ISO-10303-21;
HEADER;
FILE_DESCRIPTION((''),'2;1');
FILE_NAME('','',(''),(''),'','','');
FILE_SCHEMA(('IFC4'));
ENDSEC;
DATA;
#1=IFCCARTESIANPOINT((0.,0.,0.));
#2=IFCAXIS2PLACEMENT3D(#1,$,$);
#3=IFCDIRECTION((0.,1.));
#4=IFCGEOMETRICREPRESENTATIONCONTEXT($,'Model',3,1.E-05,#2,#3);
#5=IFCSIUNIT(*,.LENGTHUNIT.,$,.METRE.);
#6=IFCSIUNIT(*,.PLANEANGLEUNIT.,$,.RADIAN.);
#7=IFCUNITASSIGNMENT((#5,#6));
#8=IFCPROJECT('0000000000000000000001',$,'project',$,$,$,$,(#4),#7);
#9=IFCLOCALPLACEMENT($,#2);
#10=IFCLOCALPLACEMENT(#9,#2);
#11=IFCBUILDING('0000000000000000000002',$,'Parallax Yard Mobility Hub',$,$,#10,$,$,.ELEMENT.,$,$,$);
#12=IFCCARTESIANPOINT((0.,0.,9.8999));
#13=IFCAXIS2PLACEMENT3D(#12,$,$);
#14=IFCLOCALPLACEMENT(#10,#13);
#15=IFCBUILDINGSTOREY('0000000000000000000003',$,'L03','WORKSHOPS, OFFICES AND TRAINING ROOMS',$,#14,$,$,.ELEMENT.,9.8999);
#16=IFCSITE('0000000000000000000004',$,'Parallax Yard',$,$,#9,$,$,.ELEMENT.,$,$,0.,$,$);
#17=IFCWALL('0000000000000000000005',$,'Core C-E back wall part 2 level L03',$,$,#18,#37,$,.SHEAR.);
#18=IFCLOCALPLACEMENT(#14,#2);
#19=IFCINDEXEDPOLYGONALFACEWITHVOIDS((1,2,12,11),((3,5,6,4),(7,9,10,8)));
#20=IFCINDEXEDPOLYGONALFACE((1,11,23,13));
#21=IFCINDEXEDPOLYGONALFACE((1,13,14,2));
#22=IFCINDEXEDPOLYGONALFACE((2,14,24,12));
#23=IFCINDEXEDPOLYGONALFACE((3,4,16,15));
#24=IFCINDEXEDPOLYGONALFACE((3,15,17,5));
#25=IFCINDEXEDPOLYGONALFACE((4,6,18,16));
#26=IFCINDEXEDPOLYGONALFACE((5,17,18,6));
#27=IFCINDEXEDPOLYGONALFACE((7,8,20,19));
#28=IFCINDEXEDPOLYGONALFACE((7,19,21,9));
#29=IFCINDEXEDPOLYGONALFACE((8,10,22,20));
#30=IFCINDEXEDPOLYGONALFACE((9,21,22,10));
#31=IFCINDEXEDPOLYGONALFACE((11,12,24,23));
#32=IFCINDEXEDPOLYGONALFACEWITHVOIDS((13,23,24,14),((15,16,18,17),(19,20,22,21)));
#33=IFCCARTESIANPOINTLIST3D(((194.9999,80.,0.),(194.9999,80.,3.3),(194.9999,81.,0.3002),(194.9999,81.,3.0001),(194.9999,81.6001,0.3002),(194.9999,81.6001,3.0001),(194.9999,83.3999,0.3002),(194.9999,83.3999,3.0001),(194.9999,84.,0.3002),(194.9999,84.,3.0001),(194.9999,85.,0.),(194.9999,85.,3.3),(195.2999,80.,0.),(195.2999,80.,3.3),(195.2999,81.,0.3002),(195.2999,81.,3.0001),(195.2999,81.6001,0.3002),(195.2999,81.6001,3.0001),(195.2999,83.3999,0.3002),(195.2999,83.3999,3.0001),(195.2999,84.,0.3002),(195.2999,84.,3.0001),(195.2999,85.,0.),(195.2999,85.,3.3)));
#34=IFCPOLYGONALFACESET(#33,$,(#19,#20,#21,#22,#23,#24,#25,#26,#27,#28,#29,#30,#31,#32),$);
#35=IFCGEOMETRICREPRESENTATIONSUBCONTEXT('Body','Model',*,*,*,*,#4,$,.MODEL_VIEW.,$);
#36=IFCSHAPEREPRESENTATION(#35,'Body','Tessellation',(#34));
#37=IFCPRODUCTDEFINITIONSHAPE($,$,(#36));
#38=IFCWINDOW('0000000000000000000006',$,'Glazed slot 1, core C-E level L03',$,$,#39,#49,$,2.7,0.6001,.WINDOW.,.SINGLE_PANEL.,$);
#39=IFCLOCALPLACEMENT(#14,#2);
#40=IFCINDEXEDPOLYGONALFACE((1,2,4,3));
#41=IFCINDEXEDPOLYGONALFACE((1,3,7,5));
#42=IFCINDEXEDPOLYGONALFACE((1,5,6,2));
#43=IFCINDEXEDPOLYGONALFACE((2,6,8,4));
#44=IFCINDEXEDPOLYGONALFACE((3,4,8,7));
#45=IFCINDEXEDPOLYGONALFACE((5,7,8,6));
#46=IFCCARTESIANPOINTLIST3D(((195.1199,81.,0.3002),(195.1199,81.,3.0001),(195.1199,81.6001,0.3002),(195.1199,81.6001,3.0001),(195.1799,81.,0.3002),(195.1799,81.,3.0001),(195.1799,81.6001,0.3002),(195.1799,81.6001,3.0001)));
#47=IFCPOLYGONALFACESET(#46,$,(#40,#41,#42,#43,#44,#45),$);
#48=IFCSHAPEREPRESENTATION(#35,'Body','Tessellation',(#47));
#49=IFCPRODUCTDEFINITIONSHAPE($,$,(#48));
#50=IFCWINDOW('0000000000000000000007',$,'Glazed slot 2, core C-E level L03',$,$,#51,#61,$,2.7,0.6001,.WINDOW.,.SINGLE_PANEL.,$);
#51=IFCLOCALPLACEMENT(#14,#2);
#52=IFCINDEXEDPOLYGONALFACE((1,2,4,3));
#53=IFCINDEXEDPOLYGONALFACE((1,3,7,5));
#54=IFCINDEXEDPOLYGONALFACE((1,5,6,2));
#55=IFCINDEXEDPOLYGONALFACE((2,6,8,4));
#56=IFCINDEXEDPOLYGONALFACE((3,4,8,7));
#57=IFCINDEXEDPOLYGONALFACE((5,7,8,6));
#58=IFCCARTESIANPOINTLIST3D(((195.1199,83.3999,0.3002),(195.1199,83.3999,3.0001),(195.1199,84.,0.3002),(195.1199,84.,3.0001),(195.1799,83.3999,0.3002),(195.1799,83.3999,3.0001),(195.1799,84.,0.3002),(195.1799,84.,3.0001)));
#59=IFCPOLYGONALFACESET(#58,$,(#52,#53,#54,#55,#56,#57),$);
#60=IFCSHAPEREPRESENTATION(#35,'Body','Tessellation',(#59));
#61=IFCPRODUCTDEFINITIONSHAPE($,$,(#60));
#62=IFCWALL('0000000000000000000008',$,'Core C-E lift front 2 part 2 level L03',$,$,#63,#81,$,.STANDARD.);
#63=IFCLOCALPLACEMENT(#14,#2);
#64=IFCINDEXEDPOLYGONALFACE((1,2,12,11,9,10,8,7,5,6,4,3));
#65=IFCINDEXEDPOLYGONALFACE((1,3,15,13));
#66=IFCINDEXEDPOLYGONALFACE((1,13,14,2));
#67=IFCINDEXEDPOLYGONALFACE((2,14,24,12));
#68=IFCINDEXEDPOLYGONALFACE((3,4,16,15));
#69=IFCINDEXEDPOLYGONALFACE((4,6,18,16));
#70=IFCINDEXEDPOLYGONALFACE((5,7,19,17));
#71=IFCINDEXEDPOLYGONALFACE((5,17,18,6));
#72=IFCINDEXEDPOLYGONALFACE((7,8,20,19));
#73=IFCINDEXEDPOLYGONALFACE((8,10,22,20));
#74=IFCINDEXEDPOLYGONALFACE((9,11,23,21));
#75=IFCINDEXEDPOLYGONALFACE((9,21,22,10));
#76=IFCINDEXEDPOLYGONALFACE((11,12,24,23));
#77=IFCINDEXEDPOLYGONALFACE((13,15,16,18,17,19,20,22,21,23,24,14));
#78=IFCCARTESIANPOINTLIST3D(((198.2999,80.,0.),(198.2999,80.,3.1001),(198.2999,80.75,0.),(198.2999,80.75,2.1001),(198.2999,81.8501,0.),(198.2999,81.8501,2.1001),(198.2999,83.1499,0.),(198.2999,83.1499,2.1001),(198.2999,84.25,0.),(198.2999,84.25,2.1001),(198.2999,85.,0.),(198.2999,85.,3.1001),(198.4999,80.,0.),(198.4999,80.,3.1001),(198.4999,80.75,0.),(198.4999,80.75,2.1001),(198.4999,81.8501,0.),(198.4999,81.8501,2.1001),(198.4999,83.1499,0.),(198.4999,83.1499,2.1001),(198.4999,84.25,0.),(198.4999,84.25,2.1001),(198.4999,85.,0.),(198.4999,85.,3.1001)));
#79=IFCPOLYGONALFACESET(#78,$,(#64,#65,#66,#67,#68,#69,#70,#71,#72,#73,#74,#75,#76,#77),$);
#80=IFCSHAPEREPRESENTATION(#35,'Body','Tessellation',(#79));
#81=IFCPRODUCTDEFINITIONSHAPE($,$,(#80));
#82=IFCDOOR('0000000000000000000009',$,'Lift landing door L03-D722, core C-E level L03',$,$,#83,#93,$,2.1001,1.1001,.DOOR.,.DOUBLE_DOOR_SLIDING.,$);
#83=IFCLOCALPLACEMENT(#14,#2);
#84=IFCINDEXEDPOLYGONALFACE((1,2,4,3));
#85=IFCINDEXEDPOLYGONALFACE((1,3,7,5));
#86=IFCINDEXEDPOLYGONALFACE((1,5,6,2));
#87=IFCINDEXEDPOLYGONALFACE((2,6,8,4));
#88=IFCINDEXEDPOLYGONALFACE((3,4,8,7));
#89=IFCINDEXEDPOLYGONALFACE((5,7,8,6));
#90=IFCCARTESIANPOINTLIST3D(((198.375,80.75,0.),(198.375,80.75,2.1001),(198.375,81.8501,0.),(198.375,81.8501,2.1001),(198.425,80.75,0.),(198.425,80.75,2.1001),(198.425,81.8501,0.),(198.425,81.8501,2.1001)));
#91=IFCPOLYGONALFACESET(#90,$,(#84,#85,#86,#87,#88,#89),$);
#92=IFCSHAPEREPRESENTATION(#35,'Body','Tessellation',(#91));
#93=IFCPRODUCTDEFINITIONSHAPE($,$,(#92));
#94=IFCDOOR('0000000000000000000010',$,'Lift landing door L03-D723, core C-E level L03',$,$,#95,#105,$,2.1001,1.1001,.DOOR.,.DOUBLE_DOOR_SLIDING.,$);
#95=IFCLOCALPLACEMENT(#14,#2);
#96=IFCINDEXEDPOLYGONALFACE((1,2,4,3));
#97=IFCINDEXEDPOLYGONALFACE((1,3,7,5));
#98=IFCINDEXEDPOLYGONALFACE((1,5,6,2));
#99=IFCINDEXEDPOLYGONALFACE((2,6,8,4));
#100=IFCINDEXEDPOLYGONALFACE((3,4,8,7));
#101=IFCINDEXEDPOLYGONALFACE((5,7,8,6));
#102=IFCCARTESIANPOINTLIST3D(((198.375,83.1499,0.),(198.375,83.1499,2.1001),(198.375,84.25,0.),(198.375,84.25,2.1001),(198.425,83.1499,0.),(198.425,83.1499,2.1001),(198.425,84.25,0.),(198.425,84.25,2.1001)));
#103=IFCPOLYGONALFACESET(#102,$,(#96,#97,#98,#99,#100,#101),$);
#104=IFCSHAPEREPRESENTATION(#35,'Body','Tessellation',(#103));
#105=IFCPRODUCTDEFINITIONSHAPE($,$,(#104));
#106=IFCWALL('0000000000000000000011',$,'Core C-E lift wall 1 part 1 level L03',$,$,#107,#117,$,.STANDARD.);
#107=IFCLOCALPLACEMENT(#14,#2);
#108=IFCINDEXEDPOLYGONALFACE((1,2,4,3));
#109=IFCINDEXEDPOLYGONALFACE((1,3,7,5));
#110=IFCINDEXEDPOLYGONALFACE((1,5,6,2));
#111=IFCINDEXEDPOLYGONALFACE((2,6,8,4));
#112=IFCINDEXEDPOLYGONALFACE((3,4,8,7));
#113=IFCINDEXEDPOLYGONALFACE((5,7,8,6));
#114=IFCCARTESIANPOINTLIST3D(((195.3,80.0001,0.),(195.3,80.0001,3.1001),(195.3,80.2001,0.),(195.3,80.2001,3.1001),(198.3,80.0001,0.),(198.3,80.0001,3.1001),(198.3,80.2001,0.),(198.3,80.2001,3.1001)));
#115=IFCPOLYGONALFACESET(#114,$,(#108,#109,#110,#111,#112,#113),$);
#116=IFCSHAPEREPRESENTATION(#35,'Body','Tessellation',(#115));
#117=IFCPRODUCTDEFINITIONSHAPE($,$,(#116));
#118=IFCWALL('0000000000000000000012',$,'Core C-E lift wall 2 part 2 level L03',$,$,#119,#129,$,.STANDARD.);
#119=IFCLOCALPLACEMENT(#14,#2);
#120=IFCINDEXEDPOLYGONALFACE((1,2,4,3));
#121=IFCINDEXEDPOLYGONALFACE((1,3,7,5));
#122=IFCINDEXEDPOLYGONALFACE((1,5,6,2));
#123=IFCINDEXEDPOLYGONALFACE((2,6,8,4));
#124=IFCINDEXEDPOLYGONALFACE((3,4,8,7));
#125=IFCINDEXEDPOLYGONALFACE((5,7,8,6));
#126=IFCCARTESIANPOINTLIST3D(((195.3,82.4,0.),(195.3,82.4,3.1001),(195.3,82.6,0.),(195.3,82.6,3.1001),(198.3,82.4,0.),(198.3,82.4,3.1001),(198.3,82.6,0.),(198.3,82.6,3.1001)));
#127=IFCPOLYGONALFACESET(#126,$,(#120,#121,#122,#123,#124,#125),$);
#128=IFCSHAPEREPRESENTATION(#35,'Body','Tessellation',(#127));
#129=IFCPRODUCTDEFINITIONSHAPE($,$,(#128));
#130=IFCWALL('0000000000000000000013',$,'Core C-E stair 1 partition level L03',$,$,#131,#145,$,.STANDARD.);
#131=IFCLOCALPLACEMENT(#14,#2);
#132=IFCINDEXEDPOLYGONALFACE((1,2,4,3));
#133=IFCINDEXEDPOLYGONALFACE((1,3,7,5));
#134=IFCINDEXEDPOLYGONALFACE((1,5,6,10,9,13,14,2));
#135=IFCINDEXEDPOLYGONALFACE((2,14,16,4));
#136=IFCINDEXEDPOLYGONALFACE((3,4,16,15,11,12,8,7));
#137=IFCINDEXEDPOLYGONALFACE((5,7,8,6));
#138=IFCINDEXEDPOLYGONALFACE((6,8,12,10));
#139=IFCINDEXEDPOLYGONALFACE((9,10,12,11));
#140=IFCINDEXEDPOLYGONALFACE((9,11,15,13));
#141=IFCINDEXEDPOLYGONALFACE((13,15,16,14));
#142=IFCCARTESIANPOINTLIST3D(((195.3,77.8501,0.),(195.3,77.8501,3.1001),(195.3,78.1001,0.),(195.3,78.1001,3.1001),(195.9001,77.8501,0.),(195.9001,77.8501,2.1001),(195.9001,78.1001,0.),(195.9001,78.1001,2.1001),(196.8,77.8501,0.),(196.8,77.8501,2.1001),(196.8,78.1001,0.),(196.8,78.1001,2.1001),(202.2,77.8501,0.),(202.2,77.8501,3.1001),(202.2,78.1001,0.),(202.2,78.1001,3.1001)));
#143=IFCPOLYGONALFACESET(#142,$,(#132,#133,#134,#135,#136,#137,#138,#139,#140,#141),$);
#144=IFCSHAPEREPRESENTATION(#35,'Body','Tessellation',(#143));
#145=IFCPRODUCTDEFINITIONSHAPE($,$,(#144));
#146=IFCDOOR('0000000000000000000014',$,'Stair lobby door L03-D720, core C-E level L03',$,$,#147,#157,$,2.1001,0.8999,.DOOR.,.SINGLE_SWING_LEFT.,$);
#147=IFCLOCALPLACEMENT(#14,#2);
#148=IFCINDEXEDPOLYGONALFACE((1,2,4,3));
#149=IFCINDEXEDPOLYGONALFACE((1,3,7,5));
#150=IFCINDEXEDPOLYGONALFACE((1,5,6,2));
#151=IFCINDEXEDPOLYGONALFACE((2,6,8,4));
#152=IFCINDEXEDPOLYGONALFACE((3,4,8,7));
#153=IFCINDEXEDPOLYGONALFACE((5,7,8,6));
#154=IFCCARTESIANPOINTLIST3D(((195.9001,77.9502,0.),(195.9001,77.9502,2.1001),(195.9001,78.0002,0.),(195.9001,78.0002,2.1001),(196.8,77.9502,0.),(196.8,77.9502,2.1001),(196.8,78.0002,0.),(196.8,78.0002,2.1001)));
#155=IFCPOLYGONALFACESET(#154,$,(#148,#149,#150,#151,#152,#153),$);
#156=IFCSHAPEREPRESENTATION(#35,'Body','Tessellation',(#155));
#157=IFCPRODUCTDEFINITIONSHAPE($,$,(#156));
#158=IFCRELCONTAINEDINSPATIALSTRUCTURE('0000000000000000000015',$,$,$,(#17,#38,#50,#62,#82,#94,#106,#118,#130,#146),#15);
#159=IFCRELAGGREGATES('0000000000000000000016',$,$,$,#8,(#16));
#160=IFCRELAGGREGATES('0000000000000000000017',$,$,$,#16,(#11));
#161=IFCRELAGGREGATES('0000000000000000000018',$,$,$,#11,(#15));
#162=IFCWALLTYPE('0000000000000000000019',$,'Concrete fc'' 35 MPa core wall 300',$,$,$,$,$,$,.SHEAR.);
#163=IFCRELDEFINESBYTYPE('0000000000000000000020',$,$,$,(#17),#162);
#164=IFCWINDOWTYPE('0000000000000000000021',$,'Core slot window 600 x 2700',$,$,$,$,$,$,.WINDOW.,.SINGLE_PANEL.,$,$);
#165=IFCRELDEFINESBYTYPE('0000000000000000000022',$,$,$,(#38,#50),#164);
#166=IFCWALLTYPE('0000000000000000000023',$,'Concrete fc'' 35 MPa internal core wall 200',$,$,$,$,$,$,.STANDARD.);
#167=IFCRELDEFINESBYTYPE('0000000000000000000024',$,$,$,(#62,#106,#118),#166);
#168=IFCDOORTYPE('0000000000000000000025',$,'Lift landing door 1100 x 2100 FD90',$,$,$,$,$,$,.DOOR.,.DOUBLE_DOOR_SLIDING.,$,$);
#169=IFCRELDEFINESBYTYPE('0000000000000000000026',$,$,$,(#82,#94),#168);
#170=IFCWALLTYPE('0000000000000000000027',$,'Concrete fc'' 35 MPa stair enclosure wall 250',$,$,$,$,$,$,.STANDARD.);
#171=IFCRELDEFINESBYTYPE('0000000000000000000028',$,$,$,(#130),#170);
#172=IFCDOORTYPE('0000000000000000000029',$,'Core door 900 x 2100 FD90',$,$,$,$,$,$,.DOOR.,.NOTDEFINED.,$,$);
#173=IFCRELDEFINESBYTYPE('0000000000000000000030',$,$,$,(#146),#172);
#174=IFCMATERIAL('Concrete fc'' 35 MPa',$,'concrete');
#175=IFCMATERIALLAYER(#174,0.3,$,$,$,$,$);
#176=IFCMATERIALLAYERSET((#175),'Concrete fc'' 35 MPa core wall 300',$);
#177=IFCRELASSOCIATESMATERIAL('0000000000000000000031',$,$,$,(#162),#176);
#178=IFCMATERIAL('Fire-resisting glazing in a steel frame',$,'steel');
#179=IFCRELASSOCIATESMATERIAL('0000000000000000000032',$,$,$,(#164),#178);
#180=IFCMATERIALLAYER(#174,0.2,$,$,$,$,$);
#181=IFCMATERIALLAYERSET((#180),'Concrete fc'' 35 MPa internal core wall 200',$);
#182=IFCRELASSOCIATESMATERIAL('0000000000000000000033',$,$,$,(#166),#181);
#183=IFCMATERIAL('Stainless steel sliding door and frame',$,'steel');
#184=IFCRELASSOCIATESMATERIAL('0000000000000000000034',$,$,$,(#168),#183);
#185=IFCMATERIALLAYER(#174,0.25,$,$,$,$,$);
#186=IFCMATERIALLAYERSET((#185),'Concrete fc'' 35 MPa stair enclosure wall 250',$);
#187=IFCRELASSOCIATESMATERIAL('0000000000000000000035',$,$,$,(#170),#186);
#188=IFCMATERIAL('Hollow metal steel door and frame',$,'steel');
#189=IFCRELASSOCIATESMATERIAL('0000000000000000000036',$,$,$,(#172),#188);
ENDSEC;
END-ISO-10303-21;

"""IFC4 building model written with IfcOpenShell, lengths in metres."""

from ifc_helpers import new_model, si_unit, direction, frame, frame_2d, origin, place, context, subcontext, project, spatial, rectangle, extrude, material, layer, layer_set, type_object, element, fill, save


model = new_model("IFC4")

# Units and contexts
model_context = context("Model", 3, precision=1e-05, world=origin(), true_north=direction((0.0, 1.0)))
body_context = subcontext(model_context, "Body", "Model", "MODEL_VIEW")
ifc_project = project(units=[si_unit("LENGTHUNIT", "METRE"), si_unit("PLANEANGLEUNIT", "RADIAN")], contexts=[model_context])

# Site, building, storey
site_placement = place(None, origin())
site = spatial("IfcSite", under=ifc_project, at=site_placement, Name="Parallax Yard", CompositionType="ELEMENT", RefElevation=0.0)
building_placement = place(site_placement, origin())
building = spatial("IfcBuilding", under=site, at=building_placement, Name="Parallax Yard Mobility Hub", CompositionType="ELEMENT")
storey_placement = place(building_placement, frame((0.0, 0.0, 9.8999)))
storey = spatial("IfcBuildingStorey", under=building, at=storey_placement, Name="L03", Description="WORKSHOPS, OFFICES AND TRAINING ROOMS", CompositionType="ELEMENT", Elevation=9.8999)

# Wall, openings, windows
ifc_material_1 = material(Name="Concrete fc' 35 MPa", Category="concrete")
ifc_layer_1 = layer(ifc_material_1, 0.3)
ifc_layer_set_1 = layer_set([ifc_layer_1], Name="Concrete fc' 35 MPa core wall 300")
wall_type_1 = type_object("IfcWallType", Name="Concrete fc' 35 MPa core wall 300", PredefinedType="SHEAR", material=ifc_layer_set_1)
wall_1_placement = place(storey_placement, frame((195.1499, 80.0, 0.0), z_axis=(0.0, 0.0, 1.0), x_axis=(0.0, 1.0, 0.0)))
wall_1 = element("IfcWall", 1, at=wall_1_placement, inside=storey, type_object=wall_type_1, Name="Core C-E back wall part 2 level L03", PredefinedType="SHEAR", context=body_context, shape_type="SweptSolid", body=[
    extrude(rectangle(XDim=5.0, YDim=0.3, at=frame_2d((2.5, 0.0))), origin(), (0.0, 0.0, 1.0), 3.3),
])
opening_1_placement = place(wall_1_placement, frame((1.0, 0.0, 0.3)))
opening_1 = element("IfcOpeningElement", 2, at=opening_1_placement, cuts=wall_1, PredefinedType="OPENING", context=body_context, shape_type="SweptSolid", body=[
    extrude(rectangle(XDim=0.6001, YDim=2.7, at=frame_2d((0.3, 1.3501))), frame((0.0, 0.1602, 0.0), z_axis=(0.0, -1.0, 0.0), x_axis=(1.0, 0.0, 0.0)), (0.0, 0.0, 1.0), 0.3201),
])
opening_2_placement = place(wall_1_placement, frame((3.3999, 0.0, 0.3)))
opening_2 = element("IfcOpeningElement", 3, at=opening_2_placement, cuts=wall_1, PredefinedType="OPENING", context=body_context, shape_type="SweptSolid", body=[
    extrude(rectangle(XDim=0.6001, YDim=2.7, at=frame_2d((0.3, 1.3501))), frame((0.0, 0.1602, 0.0), z_axis=(0.0, -1.0, 0.0), x_axis=(1.0, 0.0, 0.0)), (0.0, 0.0, 1.0), 0.3201),
])
ifc_material_2 = material(Name="Fire-resisting glazing in a steel frame", Category="steel")
window_type = type_object("IfcWindowType", Name="Core slot window 600 x 2700", PartitioningType="SINGLE_PANEL", PredefinedType="WINDOW", material=ifc_material_2)
window_1_placement = place(opening_1_placement, origin())
window_1 = element("IfcWindow", 4, at=window_1_placement, inside=storey, type_object=window_type, Name="Glazed slot 1, core C-E level L03", OverallHeight=2.7, OverallWidth=0.6001, PartitioningType="SINGLE_PANEL", PredefinedType="WINDOW", context=body_context, shape_type="SweptSolid", body=[
    extrude(rectangle(XDim=0.6001, YDim=2.7, at=frame_2d((0.3, 1.3501))), frame((0.0, 0.03, 0.0), z_axis=(0.0, -1.0, 0.0), x_axis=(1.0, 0.0, 0.0)), (0.0, 0.0, 1.0), 0.0601),
])
fill(opening_1, window_1)
window_2_placement = place(opening_2_placement, origin())
window_2 = element("IfcWindow", 5, at=window_2_placement, inside=storey, type_object=window_type, Name="Glazed slot 2, core C-E level L03", OverallHeight=2.7, OverallWidth=0.6001, PartitioningType="SINGLE_PANEL", PredefinedType="WINDOW", context=body_context, shape_type="SweptSolid", body=[
    extrude(rectangle(XDim=0.6001, YDim=2.7, at=frame_2d((0.3, 1.3501))), frame((0.0, 0.03, 0.0), z_axis=(0.0, -1.0, 0.0), x_axis=(1.0, 0.0, 0.0)), (0.0, 0.0, 1.0), 0.0601),
])
fill(opening_2, window_2)

# Wall, openings, doors
ifc_layer_2 = layer(ifc_material_1, 0.2)
ifc_layer_set_2 = layer_set([ifc_layer_2], Name="Concrete fc' 35 MPa internal core wall 200")
wall_type_2 = type_object("IfcWallType", Name="Concrete fc' 35 MPa internal core wall 200", PredefinedType="STANDARD", material=ifc_layer_set_2)
wall_2_placement = place(storey_placement, frame((198.3999, 80.0, 0.0), z_axis=(0.0, 0.0, 1.0), x_axis=(0.0, 1.0, 0.0)))
wall_2 = element("IfcWall", 6, at=wall_2_placement, inside=storey, type_object=wall_type_2, Name="Core C-E lift front 2 part 2 level L03", PredefinedType="STANDARD", context=body_context, shape_type="SweptSolid", body=[
    extrude(rectangle(XDim=5.0, YDim=0.2, at=frame_2d((2.5, 0.0))), origin(), (0.0, 0.0, 1.0), 3.1001),
])
opening_3_placement = place(wall_2_placement, frame((0.75, 0.0, 0.0)))
opening_3 = element("IfcOpeningElement", 7, at=opening_3_placement, cuts=wall_2, PredefinedType="OPENING", context=body_context, shape_type="SweptSolid", body=[
    extrude(rectangle(XDim=1.1001, YDim=2.1001, at=frame_2d((0.55, 1.05))), frame((0.0, 0.1099, 0.0), z_axis=(0.0, -1.0, 0.0), x_axis=(1.0, 0.0, 0.0)), (0.0, 0.0, 1.0), 0.22),
])
opening_4_placement = place(wall_2_placement, frame((3.1499, 0.0, 0.0)))
opening_4 = element("IfcOpeningElement", 8, at=opening_4_placement, cuts=wall_2, PredefinedType="OPENING", context=body_context, shape_type="SweptSolid", body=[
    extrude(rectangle(XDim=1.1001, YDim=2.1001, at=frame_2d((0.55, 1.05))), frame((0.0, 0.1099, 0.0), z_axis=(0.0, -1.0, 0.0), x_axis=(1.0, 0.0, 0.0)), (0.0, 0.0, 1.0), 0.22),
])
ifc_material_3 = material(Name="Stainless steel sliding door and frame", Category="steel")
door_type_1 = type_object("IfcDoorType", Name="Lift landing door 1100 x 2100 FD90", OperationType="DOUBLE_DOOR_SLIDING", PredefinedType="DOOR", material=ifc_material_3)
door_1_placement = place(opening_3_placement, origin())
door_1 = element("IfcDoor", 9, at=door_1_placement, inside=storey, type_object=door_type_1, Name="Lift landing door L03-D722, core C-E level L03", OperationType="DOUBLE_DOOR_SLIDING", OverallHeight=2.1001, OverallWidth=1.1001, PredefinedType="DOOR", context=body_context, shape_type="SweptSolid", body=[
    extrude(rectangle(XDim=1.1001, YDim=2.1001, at=frame_2d((0.55, 1.05))), frame((0.0, 0.0249, 0.0), z_axis=(0.0, -1.0, 0.0), x_axis=(1.0, 0.0, 0.0)), (0.0, 0.0, 1.0), 0.05),
])
fill(opening_3, door_1)
door_2_placement = place(opening_4_placement, origin())
door_2 = element("IfcDoor", 10, at=door_2_placement, inside=storey, type_object=door_type_1, Name="Lift landing door L03-D723, core C-E level L03", OperationType="DOUBLE_DOOR_SLIDING", OverallHeight=2.1001, OverallWidth=1.1001, PredefinedType="DOOR", context=body_context, shape_type="SweptSolid", body=[
    extrude(rectangle(XDim=1.1001, YDim=2.1001, at=frame_2d((0.55, 1.05))), frame((0.0, 0.0249, 0.0), z_axis=(0.0, -1.0, 0.0), x_axis=(1.0, 0.0, 0.0)), (0.0, 0.0, 1.0), 0.05),
])
fill(opening_4, door_2)

# Walls
for number, where, z_axis, x_axis, name in (
    (11, (198.3, 80.1001, 0.0), (0.0, 0.0, 1.0), (-1.0, 0.0, 0.0), "Core C-E lift wall 1 part 1 level L03"),
    (12, (198.3, 82.5, 0.0), (0.0, 0.0, 1.0), (-1.0, 0.0, 0.0), "Core C-E lift wall 2 part 2 level L03"),
):
    element("IfcWall", number, at=place(storey_placement, frame(where, z_axis=z_axis, x_axis=x_axis)), inside=storey, type_object=wall_type_2, Name=name, PredefinedType="STANDARD", context=body_context, shape_type="SweptSolid", body=[
        extrude(rectangle(XDim=3.0, YDim=0.2, at=frame_2d((1.5, 0.0))), origin(), (0.0, 0.0, 1.0), 3.1001),
    ])

# Wall, opening, door
ifc_layer_3 = layer(ifc_material_1, 0.25)
ifc_layer_set_3 = layer_set([ifc_layer_3], Name="Concrete fc' 35 MPa stair enclosure wall 250")
wall_type_3 = type_object("IfcWallType", Name="Concrete fc' 35 MPa stair enclosure wall 250", PredefinedType="STANDARD", material=ifc_layer_set_3)
wall_3_placement = place(storey_placement, frame((202.2, 77.9751, 0.0), z_axis=(0.0, 0.0, 1.0), x_axis=(-1.0, 0.0, 0.0)))
wall_3 = element("IfcWall", 13, at=wall_3_placement, inside=storey, type_object=wall_type_3, Name="Core C-E stair 1 partition level L03", PredefinedType="STANDARD", context=body_context, shape_type="SweptSolid", body=[
    extrude(rectangle(XDim=6.8999, YDim=0.25, at=frame_2d((3.45, 0.0))), origin(), (0.0, 0.0, 1.0), 3.1001),
])
opening_5_placement = place(wall_3_placement, frame((5.3999, 0.0, 0.0)))
opening_5 = element("IfcOpeningElement", 14, at=opening_5_placement, cuts=wall_3, PredefinedType="OPENING", context=body_context, shape_type="SweptSolid", body=[
    extrude(rectangle(XDim=0.8999, YDim=2.1001, at=frame_2d((0.45, 1.05))), frame((0.0, 0.135, 0.0), z_axis=(0.0, -1.0, 0.0), x_axis=(1.0, 0.0, 0.0)), (0.0, 0.0, 1.0), 0.27),
])
ifc_material_4 = material(Name="Hollow metal steel door and frame", Category="steel")
door_type_2 = type_object("IfcDoorType", Name="Core door 900 x 2100 FD90", OperationType="NOTDEFINED", PredefinedType="DOOR", material=ifc_material_4)
door_3_placement = place(opening_5_placement, origin())
door_3 = element("IfcDoor", 15, at=door_3_placement, inside=storey, type_object=door_type_2, Name="Stair lobby door L03-D720, core C-E level L03", OperationType="SINGLE_SWING_LEFT", OverallHeight=2.1001, OverallWidth=0.8999, PredefinedType="DOOR", context=body_context, shape_type="SweptSolid", body=[
    extrude(rectangle(XDim=0.8999, YDim=2.1001, at=frame_2d((0.45, 1.05))), frame((0.0, 0.0249, 0.0), z_axis=(0.0, -1.0, 0.0), x_axis=(1.0, 0.0, 0.0)), (0.0, 0.0, 1.0), 0.05),
])
fill(opening_5, door_3)

save(model, "model.ifc")
